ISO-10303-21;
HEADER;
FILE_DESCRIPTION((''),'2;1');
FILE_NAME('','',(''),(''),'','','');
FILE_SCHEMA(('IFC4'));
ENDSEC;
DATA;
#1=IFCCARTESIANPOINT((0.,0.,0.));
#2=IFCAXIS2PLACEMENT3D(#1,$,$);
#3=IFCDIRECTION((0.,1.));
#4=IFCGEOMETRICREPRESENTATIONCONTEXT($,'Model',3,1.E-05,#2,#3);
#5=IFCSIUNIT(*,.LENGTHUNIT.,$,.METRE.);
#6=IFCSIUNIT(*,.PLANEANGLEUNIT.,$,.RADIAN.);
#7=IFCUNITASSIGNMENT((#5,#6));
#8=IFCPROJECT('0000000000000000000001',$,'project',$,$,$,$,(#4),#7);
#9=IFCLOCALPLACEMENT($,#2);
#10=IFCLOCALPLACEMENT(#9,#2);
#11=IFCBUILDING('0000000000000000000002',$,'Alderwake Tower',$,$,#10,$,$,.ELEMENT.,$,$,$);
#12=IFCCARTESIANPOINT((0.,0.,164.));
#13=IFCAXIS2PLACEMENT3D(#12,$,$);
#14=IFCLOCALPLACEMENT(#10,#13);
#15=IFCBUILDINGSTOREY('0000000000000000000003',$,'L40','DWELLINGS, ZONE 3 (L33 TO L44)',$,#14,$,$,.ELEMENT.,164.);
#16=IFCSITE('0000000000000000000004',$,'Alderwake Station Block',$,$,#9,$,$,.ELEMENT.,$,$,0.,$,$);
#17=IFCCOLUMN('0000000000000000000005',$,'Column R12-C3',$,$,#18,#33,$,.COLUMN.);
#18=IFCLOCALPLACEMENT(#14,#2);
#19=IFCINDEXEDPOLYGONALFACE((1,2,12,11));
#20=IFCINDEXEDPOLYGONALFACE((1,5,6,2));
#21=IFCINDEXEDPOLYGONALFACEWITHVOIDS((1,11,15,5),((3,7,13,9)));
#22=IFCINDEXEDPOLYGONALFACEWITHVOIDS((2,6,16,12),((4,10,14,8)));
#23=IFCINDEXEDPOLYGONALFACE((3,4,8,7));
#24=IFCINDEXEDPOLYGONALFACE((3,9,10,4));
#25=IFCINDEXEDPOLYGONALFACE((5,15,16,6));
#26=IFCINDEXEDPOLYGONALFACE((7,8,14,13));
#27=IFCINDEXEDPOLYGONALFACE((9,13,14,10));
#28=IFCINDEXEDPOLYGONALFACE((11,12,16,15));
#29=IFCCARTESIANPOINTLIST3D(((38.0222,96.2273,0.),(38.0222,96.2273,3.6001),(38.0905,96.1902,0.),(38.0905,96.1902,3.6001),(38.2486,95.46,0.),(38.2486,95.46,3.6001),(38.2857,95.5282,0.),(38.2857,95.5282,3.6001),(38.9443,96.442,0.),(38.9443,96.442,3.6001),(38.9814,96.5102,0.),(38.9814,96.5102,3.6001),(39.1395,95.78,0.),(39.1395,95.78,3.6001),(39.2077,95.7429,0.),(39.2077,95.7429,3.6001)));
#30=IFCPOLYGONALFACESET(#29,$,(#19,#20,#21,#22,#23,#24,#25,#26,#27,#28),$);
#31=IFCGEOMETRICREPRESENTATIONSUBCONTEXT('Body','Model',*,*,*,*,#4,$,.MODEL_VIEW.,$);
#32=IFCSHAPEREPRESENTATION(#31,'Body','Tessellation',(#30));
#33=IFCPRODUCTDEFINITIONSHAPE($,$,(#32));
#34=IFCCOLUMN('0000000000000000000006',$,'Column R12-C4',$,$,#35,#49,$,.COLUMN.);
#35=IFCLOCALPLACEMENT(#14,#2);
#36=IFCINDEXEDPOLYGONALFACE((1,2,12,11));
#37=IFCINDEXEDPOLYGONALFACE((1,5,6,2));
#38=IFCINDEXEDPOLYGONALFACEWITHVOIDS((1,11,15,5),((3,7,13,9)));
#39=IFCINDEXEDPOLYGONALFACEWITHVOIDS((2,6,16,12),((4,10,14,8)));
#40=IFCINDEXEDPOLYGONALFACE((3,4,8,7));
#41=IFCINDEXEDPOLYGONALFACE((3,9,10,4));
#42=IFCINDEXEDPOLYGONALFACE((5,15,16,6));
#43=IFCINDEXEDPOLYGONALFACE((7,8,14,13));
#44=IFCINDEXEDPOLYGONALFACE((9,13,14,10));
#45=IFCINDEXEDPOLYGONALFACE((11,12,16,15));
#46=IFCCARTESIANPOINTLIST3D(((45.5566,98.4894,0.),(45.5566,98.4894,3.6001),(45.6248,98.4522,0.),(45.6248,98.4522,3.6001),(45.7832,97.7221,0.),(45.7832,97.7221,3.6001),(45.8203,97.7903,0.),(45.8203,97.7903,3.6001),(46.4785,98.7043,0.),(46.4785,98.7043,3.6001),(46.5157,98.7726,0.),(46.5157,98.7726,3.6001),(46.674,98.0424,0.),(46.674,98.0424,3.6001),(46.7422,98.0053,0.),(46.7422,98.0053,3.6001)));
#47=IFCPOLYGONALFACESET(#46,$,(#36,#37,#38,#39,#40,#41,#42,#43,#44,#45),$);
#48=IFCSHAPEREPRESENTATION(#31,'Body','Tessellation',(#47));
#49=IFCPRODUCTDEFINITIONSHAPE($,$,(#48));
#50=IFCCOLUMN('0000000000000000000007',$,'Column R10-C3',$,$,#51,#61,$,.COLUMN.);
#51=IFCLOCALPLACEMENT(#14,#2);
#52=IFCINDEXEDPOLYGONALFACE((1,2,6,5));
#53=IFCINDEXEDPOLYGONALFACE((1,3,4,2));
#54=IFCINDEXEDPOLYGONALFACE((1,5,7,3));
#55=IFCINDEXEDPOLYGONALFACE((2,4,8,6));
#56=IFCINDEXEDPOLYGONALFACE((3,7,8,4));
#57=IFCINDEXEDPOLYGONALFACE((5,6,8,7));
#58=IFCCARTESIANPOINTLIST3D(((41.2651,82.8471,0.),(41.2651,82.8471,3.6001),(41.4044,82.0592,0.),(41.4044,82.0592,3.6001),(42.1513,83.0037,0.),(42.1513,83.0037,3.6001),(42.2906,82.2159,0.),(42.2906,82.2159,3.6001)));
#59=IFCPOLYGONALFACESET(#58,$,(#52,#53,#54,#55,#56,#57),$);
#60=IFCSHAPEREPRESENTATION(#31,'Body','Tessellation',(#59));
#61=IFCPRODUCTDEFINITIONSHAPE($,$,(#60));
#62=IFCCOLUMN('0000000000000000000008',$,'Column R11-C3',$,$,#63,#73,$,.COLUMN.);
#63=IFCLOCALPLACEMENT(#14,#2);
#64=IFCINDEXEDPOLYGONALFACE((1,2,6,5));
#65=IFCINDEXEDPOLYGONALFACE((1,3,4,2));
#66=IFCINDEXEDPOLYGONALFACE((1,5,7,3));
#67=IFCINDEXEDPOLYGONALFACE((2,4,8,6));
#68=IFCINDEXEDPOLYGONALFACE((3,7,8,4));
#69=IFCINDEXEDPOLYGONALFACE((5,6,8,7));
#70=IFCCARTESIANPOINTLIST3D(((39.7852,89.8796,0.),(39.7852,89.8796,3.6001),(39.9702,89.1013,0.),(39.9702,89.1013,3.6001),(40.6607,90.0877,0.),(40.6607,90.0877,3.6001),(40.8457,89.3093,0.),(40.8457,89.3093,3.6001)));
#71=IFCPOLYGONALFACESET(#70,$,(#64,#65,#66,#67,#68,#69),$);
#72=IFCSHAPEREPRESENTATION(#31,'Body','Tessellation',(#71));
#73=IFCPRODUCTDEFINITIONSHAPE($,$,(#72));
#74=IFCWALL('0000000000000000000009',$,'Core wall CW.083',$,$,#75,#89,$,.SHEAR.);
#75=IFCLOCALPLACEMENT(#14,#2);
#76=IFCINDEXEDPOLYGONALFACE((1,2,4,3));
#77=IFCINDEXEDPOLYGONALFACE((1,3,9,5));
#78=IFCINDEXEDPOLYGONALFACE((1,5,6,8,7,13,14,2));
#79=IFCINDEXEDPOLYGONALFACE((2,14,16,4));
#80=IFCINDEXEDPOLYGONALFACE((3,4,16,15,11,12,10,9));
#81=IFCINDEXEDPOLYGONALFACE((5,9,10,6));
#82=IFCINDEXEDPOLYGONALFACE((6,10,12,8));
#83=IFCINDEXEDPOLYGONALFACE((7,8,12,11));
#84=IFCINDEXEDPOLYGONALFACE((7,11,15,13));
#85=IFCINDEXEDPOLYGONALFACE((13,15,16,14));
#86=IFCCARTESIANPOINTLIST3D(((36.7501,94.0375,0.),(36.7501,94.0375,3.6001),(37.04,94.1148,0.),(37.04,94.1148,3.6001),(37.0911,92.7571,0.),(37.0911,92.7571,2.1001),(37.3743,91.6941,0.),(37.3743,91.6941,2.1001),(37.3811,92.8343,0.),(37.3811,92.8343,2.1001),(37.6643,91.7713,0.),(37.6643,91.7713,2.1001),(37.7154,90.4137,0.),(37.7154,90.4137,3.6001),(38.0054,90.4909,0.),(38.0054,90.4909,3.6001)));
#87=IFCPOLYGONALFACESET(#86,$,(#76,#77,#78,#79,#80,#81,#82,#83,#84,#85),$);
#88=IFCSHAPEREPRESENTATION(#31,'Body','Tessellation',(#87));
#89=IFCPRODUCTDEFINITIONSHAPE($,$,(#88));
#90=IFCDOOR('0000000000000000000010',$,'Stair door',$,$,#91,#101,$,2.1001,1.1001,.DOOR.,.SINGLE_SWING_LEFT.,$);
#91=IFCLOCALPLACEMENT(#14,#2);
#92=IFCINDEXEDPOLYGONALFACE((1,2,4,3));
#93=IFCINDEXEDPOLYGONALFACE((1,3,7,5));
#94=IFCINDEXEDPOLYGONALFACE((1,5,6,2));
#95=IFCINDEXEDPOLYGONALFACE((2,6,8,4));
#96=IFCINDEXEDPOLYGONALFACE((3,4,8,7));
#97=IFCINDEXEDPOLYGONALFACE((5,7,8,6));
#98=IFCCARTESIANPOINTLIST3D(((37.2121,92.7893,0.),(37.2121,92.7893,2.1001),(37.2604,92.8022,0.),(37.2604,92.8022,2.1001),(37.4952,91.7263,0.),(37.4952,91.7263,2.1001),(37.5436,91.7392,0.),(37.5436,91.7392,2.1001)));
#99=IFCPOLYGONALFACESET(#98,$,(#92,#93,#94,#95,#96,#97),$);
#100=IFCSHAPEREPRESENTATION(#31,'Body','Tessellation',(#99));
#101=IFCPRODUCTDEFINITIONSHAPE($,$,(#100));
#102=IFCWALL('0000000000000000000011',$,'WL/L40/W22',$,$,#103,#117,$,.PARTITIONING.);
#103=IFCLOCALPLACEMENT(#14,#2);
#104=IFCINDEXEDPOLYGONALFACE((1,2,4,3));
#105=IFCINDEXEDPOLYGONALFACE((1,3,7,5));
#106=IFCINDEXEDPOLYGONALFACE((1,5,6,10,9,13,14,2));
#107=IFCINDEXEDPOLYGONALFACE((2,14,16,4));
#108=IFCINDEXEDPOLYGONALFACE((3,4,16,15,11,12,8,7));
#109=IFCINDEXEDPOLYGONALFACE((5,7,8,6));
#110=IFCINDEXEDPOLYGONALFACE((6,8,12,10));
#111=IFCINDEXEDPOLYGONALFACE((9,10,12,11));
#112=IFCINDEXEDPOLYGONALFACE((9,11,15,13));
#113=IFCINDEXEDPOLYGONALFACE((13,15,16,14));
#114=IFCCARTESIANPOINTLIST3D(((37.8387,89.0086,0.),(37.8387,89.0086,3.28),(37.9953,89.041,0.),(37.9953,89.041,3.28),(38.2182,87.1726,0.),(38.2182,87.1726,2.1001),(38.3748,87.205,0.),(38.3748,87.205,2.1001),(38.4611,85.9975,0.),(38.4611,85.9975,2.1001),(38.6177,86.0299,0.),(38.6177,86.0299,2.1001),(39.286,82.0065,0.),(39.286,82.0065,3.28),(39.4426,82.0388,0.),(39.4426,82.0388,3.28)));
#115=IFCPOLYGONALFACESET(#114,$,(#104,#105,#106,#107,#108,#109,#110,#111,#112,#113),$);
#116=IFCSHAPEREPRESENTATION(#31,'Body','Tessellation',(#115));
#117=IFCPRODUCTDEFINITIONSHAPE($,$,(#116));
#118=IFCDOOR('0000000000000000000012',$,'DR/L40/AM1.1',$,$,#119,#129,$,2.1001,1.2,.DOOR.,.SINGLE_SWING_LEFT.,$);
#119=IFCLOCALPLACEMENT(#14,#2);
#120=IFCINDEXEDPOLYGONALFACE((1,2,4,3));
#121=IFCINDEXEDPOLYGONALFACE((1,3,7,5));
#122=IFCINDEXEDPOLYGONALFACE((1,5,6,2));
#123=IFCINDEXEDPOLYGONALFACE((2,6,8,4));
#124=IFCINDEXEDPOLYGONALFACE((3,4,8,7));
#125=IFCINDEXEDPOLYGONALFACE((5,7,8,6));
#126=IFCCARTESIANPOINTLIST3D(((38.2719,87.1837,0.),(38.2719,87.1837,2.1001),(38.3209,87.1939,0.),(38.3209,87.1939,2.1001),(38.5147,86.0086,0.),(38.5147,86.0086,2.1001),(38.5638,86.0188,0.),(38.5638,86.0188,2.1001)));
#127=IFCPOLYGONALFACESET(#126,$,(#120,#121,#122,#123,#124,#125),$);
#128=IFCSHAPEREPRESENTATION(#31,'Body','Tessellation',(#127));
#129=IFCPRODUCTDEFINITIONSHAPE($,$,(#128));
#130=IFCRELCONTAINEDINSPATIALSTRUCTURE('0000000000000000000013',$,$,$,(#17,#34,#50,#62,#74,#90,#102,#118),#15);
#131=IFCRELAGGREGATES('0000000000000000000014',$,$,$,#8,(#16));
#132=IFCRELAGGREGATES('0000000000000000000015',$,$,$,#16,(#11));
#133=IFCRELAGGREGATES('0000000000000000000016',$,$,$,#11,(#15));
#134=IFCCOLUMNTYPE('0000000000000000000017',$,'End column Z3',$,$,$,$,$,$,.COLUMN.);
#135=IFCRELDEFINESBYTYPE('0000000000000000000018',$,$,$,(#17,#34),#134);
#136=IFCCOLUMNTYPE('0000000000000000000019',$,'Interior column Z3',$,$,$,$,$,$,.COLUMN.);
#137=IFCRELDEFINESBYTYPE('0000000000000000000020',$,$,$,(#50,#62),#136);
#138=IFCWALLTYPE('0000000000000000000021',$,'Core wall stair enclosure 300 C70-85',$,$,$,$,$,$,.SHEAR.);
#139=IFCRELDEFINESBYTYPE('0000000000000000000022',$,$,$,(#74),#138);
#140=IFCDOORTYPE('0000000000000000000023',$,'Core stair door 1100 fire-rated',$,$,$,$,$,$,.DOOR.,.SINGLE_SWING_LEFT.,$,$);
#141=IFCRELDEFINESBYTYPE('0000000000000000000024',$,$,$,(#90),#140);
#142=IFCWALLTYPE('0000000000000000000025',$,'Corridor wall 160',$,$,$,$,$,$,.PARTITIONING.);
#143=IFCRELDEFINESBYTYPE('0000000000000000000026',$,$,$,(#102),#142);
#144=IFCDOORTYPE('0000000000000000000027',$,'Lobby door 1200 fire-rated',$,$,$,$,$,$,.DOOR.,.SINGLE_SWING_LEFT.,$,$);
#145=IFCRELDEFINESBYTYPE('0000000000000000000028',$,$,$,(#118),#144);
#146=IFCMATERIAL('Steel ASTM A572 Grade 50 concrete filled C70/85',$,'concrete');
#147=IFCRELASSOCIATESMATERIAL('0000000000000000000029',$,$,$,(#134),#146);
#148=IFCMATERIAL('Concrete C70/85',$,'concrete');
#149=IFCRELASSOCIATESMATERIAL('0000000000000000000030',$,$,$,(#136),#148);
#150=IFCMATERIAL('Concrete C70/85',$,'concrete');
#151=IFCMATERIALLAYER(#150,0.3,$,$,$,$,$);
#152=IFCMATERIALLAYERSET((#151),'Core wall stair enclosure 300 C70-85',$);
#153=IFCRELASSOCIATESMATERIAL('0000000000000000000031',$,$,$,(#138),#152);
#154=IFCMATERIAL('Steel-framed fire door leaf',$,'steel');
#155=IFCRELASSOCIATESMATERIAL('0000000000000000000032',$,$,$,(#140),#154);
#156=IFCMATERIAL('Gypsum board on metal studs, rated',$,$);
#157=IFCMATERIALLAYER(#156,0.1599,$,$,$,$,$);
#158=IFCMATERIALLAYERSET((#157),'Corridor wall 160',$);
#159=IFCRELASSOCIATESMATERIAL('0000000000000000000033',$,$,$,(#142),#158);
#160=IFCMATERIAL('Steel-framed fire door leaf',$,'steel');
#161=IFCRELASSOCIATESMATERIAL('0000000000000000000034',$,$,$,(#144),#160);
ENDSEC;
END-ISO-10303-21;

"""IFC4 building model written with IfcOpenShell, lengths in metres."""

from ifc_helpers import new_model, si_unit, direction, frame, frame_2d, origin, origin_2d, place, context, subcontext, project, spatial, rectangle, hollow_rectangle, extrude, material, layer, layer_set, material_profile, profile_set, type_object, element, fill, save


model = new_model("IFC4")

# Units and contexts
model_context = context("Model", 3, precision=1e-05, world=origin(), true_north=direction((0.0, 1.0)))
body_context = subcontext(model_context, "Body", "Model", "MODEL_VIEW")
ifc_project = project(units=[si_unit("LENGTHUNIT", "METRE"), si_unit("PLANEANGLEUNIT", "RADIAN")], contexts=[model_context])

# Site, building, storey
site_placement = place(None, origin())
site = spatial("IfcSite", under=ifc_project, at=site_placement, Name="Alderwake Station Block", CompositionType="ELEMENT", RefElevation=0.0)
building_placement = place(site_placement, origin())
building = spatial("IfcBuilding", under=site, at=building_placement, Name="Alderwake Tower", CompositionType="ELEMENT")
storey_placement = place(building_placement, frame((0.0, 0.0, 164.0)))
storey = spatial("IfcBuildingStorey", under=building, at=storey_placement, Name="L40", Description="DWELLINGS, ZONE 3 (L33 TO L44)", CompositionType="ELEMENT", Elevation=164.0)

# Columns
ifc_material_1 = material(Name="Steel ASTM A572 Grade 50 concrete filled C70/85", Category="concrete")
ifc_material_profile_1 = material_profile(ifc_material_1, hollow_rectangle(XDim=0.8, YDim=1.0, WallThickness=0.0549, at=origin_2d()), Name="BOX 1000X800X55")
ifc_profile_set_1 = profile_set([ifc_material_profile_1], Name="Steel ASTM A572 Grade 50 concrete filled C70/85")
column_type_1 = type_object("IfcColumnType", Name="End column Z3", PredefinedType="COLUMN", material=ifc_profile_set_1)
for number, where, z_axis, x_axis, name in (
    (1, (38.615, 95.9851, 0.0), (0.0, 0.0, 1.0), (-0.282899, 0.95915, 0.0), "Column R12-C3"),
    (2, (46.1494, 98.2473, 0.0), (0.0, 0.0, 1.0), (-0.283177, 0.959068, 0.0), "Column R12-C4"),
):
    element("IfcColumn", number, at=place(storey_placement, frame(where, z_axis=z_axis, x_axis=x_axis)), inside=storey, type_object=column_type_1, Name=name, PredefinedType="COLUMN", context=body_context, shape_type="SweptSolid", body=[
        extrude(hollow_rectangle(XDim=0.8, YDim=1.0, WallThickness=0.0549, at=origin_2d()), origin(), (0.0, 0.0, 1.0), 3.6001),
    ])
ifc_material_2 = material(Name="Concrete C70/85", Category="concrete")
ifc_material_profile_2 = material_profile(ifc_material_2, rectangle(XDim=0.8, YDim=0.8999, at=origin_2d()), Name="RC 900X800")
ifc_profile_set_2 = profile_set([ifc_material_profile_2], Name="Concrete C70/85")
column_type_2 = type_object("IfcColumnType", Name="Interior column Z3", PredefinedType="COLUMN", material=ifc_profile_set_2)
for number, where, z_axis, x_axis, name in (
    (3, (41.7778, 82.5315, 0.0), (0.0, 0.0, 1.0), (-0.174109, 0.984726, 0.0), "Column R10-C3"),
    (4, (40.3154, 89.5945, 0.0), (0.0, 0.0, 1.0), (-0.231222, 0.972901, 0.0), "Column R11-C3"),
):
    element("IfcColumn", number, at=place(storey_placement, frame(where, z_axis=z_axis, x_axis=x_axis)), inside=storey, type_object=column_type_2, Name=name, PredefinedType="COLUMN", context=body_context, shape_type="SweptSolid", body=[
        extrude(rectangle(XDim=0.8, YDim=0.8999, at=origin_2d()), origin(), (0.0, 0.0, 1.0), 3.6001),
    ])

# Walls, openings, doors
ifc_material_3 = material(Name="Concrete C70/85", Category="concrete")
ifc_layer_1 = layer(ifc_material_3, 0.3)
ifc_layer_set_1 = layer_set([ifc_layer_1], Name="Core wall stair enclosure 300 C70-85")
wall_type_1 = type_object("IfcWallType", Name="Core wall stair enclosure 300 C70-85", PredefinedType="SHEAR", material=ifc_layer_set_1)
wall_1_placement = place(storey_placement, frame((37.8604, 90.4524, 0.0), z_axis=(0.0, 0.0, 1.0), x_axis=(-0.257411, 0.966302, 0.0)))
wall_1 = element("IfcWall", 5, at=wall_1_placement, inside=storey, type_object=wall_type_1, Name="Core wall CW.083", PredefinedType="SHEAR", context=body_context, shape_type="SweptSolid", body=[
    extrude(rectangle(XDim=3.7502, YDim=0.3, at=frame_2d((1.875, 0.0))), origin(), (0.0, 0.0, 1.0), 3.6001),
])
opening_1_placement = place(wall_1_placement, frame((1.325, 0.0, 0.0)))
opening_1 = element("IfcOpeningElement", 6, at=opening_1_placement, cuts=wall_1, PredefinedType="OPENING", context=body_context, shape_type="SweptSolid", body=[
    extrude(rectangle(XDim=1.1001, YDim=2.1001, at=frame_2d((0.55, 1.05))), frame((0.0, 0.1599, 0.0), z_axis=(0.0, -1.0, 0.0), x_axis=(1.0, 0.0, 0.0)), (0.0, 0.0, 1.0), 0.3201),
])
ifc_material_4 = material(Name="Steel-framed fire door leaf", Category="steel")
door_type_1 = type_object("IfcDoorType", Name="Core stair door 1100 fire-rated", OperationType="SINGLE_SWING_LEFT", PredefinedType="DOOR", material=ifc_material_4)
door_1_placement = place(opening_1_placement, origin())
door_1 = element("IfcDoor", 7, at=door_1_placement, inside=storey, type_object=door_type_1, Name="Stair door", OperationType="SINGLE_SWING_LEFT", OverallHeight=2.1001, OverallWidth=1.1001, PredefinedType="DOOR", context=body_context, shape_type="SweptSolid", body=[
    extrude(rectangle(XDim=1.1001, YDim=2.1001, at=frame_2d((0.55, 1.05))), frame((0.0, 0.0249, 0.0), z_axis=(0.0, -1.0, 0.0), x_axis=(1.0, 0.0, 0.0)), (0.0, 0.0, 1.0), 0.05),
])
fill(opening_1, door_1)
ifc_material_5 = material(Name="Gypsum board on metal studs, rated")
ifc_layer_2 = layer(ifc_material_5, 0.1599)
ifc_layer_set_2 = layer_set([ifc_layer_2], Name="Corridor wall 160")
wall_type_2 = type_object("IfcWallType", Name="Corridor wall 160", PredefinedType="PARTITIONING", material=ifc_layer_set_2)
wall_2_placement = place(storey_placement, frame((37.917, 89.0249, 0.0), z_axis=(0.0, 0.0, 1.0), x_axis=(0.202409, -0.979301, 0.0)))
wall_2 = element("IfcWall", 8, at=wall_2_placement, inside=storey, type_object=wall_type_2, Name="WL/L40/W22", PredefinedType="PARTITIONING", context=body_context, shape_type="SweptSolid", body=[
    extrude(rectangle(XDim=7.1501, YDim=0.1599, at=frame_2d((3.5752, 0.0))), origin(), (0.0, 0.0, 1.0), 3.28),
])
opening_2_placement = place(wall_2_placement, frame((1.8748, 0.0, 0.0)))
opening_2 = element("IfcOpeningElement", 9, at=opening_2_placement, cuts=wall_2, PredefinedType="OPENING", context=body_context, shape_type="SweptSolid", body=[
    extrude(rectangle(XDim=1.2, YDim=2.1001, at=frame_2d((0.6001, 1.05))), frame((0.0, 0.0898, 0.0), z_axis=(0.0, -1.0, 0.0), x_axis=(1.0, 0.0, 0.0)), (0.0, 0.0, 1.0), 0.1799),
])
ifc_material_6 = material(Name="Steel-framed fire door leaf", Category="steel")
door_type_2 = type_object("IfcDoorType", Name="Lobby door 1200 fire-rated", OperationType="SINGLE_SWING_LEFT", PredefinedType="DOOR", material=ifc_material_6)
door_2_placement = place(opening_2_placement, origin())
door_2 = element("IfcDoor", 10, at=door_2_placement, inside=storey, type_object=door_type_2, Name="DR/L40/AM1.1", OperationType="SINGLE_SWING_LEFT", OverallHeight=2.1001, OverallWidth=1.2, PredefinedType="DOOR", context=body_context, shape_type="SweptSolid", body=[
    extrude(rectangle(XDim=1.2, YDim=2.1001, at=frame_2d((0.6001, 1.05))), frame((0.0, 0.0249, 0.0), z_axis=(0.0, -1.0, 0.0), x_axis=(1.0, 0.0, 0.0)), (0.0, 0.0, 1.0), 0.05),
])
fill(opening_2, door_2)

save(model, "model.ifc")
